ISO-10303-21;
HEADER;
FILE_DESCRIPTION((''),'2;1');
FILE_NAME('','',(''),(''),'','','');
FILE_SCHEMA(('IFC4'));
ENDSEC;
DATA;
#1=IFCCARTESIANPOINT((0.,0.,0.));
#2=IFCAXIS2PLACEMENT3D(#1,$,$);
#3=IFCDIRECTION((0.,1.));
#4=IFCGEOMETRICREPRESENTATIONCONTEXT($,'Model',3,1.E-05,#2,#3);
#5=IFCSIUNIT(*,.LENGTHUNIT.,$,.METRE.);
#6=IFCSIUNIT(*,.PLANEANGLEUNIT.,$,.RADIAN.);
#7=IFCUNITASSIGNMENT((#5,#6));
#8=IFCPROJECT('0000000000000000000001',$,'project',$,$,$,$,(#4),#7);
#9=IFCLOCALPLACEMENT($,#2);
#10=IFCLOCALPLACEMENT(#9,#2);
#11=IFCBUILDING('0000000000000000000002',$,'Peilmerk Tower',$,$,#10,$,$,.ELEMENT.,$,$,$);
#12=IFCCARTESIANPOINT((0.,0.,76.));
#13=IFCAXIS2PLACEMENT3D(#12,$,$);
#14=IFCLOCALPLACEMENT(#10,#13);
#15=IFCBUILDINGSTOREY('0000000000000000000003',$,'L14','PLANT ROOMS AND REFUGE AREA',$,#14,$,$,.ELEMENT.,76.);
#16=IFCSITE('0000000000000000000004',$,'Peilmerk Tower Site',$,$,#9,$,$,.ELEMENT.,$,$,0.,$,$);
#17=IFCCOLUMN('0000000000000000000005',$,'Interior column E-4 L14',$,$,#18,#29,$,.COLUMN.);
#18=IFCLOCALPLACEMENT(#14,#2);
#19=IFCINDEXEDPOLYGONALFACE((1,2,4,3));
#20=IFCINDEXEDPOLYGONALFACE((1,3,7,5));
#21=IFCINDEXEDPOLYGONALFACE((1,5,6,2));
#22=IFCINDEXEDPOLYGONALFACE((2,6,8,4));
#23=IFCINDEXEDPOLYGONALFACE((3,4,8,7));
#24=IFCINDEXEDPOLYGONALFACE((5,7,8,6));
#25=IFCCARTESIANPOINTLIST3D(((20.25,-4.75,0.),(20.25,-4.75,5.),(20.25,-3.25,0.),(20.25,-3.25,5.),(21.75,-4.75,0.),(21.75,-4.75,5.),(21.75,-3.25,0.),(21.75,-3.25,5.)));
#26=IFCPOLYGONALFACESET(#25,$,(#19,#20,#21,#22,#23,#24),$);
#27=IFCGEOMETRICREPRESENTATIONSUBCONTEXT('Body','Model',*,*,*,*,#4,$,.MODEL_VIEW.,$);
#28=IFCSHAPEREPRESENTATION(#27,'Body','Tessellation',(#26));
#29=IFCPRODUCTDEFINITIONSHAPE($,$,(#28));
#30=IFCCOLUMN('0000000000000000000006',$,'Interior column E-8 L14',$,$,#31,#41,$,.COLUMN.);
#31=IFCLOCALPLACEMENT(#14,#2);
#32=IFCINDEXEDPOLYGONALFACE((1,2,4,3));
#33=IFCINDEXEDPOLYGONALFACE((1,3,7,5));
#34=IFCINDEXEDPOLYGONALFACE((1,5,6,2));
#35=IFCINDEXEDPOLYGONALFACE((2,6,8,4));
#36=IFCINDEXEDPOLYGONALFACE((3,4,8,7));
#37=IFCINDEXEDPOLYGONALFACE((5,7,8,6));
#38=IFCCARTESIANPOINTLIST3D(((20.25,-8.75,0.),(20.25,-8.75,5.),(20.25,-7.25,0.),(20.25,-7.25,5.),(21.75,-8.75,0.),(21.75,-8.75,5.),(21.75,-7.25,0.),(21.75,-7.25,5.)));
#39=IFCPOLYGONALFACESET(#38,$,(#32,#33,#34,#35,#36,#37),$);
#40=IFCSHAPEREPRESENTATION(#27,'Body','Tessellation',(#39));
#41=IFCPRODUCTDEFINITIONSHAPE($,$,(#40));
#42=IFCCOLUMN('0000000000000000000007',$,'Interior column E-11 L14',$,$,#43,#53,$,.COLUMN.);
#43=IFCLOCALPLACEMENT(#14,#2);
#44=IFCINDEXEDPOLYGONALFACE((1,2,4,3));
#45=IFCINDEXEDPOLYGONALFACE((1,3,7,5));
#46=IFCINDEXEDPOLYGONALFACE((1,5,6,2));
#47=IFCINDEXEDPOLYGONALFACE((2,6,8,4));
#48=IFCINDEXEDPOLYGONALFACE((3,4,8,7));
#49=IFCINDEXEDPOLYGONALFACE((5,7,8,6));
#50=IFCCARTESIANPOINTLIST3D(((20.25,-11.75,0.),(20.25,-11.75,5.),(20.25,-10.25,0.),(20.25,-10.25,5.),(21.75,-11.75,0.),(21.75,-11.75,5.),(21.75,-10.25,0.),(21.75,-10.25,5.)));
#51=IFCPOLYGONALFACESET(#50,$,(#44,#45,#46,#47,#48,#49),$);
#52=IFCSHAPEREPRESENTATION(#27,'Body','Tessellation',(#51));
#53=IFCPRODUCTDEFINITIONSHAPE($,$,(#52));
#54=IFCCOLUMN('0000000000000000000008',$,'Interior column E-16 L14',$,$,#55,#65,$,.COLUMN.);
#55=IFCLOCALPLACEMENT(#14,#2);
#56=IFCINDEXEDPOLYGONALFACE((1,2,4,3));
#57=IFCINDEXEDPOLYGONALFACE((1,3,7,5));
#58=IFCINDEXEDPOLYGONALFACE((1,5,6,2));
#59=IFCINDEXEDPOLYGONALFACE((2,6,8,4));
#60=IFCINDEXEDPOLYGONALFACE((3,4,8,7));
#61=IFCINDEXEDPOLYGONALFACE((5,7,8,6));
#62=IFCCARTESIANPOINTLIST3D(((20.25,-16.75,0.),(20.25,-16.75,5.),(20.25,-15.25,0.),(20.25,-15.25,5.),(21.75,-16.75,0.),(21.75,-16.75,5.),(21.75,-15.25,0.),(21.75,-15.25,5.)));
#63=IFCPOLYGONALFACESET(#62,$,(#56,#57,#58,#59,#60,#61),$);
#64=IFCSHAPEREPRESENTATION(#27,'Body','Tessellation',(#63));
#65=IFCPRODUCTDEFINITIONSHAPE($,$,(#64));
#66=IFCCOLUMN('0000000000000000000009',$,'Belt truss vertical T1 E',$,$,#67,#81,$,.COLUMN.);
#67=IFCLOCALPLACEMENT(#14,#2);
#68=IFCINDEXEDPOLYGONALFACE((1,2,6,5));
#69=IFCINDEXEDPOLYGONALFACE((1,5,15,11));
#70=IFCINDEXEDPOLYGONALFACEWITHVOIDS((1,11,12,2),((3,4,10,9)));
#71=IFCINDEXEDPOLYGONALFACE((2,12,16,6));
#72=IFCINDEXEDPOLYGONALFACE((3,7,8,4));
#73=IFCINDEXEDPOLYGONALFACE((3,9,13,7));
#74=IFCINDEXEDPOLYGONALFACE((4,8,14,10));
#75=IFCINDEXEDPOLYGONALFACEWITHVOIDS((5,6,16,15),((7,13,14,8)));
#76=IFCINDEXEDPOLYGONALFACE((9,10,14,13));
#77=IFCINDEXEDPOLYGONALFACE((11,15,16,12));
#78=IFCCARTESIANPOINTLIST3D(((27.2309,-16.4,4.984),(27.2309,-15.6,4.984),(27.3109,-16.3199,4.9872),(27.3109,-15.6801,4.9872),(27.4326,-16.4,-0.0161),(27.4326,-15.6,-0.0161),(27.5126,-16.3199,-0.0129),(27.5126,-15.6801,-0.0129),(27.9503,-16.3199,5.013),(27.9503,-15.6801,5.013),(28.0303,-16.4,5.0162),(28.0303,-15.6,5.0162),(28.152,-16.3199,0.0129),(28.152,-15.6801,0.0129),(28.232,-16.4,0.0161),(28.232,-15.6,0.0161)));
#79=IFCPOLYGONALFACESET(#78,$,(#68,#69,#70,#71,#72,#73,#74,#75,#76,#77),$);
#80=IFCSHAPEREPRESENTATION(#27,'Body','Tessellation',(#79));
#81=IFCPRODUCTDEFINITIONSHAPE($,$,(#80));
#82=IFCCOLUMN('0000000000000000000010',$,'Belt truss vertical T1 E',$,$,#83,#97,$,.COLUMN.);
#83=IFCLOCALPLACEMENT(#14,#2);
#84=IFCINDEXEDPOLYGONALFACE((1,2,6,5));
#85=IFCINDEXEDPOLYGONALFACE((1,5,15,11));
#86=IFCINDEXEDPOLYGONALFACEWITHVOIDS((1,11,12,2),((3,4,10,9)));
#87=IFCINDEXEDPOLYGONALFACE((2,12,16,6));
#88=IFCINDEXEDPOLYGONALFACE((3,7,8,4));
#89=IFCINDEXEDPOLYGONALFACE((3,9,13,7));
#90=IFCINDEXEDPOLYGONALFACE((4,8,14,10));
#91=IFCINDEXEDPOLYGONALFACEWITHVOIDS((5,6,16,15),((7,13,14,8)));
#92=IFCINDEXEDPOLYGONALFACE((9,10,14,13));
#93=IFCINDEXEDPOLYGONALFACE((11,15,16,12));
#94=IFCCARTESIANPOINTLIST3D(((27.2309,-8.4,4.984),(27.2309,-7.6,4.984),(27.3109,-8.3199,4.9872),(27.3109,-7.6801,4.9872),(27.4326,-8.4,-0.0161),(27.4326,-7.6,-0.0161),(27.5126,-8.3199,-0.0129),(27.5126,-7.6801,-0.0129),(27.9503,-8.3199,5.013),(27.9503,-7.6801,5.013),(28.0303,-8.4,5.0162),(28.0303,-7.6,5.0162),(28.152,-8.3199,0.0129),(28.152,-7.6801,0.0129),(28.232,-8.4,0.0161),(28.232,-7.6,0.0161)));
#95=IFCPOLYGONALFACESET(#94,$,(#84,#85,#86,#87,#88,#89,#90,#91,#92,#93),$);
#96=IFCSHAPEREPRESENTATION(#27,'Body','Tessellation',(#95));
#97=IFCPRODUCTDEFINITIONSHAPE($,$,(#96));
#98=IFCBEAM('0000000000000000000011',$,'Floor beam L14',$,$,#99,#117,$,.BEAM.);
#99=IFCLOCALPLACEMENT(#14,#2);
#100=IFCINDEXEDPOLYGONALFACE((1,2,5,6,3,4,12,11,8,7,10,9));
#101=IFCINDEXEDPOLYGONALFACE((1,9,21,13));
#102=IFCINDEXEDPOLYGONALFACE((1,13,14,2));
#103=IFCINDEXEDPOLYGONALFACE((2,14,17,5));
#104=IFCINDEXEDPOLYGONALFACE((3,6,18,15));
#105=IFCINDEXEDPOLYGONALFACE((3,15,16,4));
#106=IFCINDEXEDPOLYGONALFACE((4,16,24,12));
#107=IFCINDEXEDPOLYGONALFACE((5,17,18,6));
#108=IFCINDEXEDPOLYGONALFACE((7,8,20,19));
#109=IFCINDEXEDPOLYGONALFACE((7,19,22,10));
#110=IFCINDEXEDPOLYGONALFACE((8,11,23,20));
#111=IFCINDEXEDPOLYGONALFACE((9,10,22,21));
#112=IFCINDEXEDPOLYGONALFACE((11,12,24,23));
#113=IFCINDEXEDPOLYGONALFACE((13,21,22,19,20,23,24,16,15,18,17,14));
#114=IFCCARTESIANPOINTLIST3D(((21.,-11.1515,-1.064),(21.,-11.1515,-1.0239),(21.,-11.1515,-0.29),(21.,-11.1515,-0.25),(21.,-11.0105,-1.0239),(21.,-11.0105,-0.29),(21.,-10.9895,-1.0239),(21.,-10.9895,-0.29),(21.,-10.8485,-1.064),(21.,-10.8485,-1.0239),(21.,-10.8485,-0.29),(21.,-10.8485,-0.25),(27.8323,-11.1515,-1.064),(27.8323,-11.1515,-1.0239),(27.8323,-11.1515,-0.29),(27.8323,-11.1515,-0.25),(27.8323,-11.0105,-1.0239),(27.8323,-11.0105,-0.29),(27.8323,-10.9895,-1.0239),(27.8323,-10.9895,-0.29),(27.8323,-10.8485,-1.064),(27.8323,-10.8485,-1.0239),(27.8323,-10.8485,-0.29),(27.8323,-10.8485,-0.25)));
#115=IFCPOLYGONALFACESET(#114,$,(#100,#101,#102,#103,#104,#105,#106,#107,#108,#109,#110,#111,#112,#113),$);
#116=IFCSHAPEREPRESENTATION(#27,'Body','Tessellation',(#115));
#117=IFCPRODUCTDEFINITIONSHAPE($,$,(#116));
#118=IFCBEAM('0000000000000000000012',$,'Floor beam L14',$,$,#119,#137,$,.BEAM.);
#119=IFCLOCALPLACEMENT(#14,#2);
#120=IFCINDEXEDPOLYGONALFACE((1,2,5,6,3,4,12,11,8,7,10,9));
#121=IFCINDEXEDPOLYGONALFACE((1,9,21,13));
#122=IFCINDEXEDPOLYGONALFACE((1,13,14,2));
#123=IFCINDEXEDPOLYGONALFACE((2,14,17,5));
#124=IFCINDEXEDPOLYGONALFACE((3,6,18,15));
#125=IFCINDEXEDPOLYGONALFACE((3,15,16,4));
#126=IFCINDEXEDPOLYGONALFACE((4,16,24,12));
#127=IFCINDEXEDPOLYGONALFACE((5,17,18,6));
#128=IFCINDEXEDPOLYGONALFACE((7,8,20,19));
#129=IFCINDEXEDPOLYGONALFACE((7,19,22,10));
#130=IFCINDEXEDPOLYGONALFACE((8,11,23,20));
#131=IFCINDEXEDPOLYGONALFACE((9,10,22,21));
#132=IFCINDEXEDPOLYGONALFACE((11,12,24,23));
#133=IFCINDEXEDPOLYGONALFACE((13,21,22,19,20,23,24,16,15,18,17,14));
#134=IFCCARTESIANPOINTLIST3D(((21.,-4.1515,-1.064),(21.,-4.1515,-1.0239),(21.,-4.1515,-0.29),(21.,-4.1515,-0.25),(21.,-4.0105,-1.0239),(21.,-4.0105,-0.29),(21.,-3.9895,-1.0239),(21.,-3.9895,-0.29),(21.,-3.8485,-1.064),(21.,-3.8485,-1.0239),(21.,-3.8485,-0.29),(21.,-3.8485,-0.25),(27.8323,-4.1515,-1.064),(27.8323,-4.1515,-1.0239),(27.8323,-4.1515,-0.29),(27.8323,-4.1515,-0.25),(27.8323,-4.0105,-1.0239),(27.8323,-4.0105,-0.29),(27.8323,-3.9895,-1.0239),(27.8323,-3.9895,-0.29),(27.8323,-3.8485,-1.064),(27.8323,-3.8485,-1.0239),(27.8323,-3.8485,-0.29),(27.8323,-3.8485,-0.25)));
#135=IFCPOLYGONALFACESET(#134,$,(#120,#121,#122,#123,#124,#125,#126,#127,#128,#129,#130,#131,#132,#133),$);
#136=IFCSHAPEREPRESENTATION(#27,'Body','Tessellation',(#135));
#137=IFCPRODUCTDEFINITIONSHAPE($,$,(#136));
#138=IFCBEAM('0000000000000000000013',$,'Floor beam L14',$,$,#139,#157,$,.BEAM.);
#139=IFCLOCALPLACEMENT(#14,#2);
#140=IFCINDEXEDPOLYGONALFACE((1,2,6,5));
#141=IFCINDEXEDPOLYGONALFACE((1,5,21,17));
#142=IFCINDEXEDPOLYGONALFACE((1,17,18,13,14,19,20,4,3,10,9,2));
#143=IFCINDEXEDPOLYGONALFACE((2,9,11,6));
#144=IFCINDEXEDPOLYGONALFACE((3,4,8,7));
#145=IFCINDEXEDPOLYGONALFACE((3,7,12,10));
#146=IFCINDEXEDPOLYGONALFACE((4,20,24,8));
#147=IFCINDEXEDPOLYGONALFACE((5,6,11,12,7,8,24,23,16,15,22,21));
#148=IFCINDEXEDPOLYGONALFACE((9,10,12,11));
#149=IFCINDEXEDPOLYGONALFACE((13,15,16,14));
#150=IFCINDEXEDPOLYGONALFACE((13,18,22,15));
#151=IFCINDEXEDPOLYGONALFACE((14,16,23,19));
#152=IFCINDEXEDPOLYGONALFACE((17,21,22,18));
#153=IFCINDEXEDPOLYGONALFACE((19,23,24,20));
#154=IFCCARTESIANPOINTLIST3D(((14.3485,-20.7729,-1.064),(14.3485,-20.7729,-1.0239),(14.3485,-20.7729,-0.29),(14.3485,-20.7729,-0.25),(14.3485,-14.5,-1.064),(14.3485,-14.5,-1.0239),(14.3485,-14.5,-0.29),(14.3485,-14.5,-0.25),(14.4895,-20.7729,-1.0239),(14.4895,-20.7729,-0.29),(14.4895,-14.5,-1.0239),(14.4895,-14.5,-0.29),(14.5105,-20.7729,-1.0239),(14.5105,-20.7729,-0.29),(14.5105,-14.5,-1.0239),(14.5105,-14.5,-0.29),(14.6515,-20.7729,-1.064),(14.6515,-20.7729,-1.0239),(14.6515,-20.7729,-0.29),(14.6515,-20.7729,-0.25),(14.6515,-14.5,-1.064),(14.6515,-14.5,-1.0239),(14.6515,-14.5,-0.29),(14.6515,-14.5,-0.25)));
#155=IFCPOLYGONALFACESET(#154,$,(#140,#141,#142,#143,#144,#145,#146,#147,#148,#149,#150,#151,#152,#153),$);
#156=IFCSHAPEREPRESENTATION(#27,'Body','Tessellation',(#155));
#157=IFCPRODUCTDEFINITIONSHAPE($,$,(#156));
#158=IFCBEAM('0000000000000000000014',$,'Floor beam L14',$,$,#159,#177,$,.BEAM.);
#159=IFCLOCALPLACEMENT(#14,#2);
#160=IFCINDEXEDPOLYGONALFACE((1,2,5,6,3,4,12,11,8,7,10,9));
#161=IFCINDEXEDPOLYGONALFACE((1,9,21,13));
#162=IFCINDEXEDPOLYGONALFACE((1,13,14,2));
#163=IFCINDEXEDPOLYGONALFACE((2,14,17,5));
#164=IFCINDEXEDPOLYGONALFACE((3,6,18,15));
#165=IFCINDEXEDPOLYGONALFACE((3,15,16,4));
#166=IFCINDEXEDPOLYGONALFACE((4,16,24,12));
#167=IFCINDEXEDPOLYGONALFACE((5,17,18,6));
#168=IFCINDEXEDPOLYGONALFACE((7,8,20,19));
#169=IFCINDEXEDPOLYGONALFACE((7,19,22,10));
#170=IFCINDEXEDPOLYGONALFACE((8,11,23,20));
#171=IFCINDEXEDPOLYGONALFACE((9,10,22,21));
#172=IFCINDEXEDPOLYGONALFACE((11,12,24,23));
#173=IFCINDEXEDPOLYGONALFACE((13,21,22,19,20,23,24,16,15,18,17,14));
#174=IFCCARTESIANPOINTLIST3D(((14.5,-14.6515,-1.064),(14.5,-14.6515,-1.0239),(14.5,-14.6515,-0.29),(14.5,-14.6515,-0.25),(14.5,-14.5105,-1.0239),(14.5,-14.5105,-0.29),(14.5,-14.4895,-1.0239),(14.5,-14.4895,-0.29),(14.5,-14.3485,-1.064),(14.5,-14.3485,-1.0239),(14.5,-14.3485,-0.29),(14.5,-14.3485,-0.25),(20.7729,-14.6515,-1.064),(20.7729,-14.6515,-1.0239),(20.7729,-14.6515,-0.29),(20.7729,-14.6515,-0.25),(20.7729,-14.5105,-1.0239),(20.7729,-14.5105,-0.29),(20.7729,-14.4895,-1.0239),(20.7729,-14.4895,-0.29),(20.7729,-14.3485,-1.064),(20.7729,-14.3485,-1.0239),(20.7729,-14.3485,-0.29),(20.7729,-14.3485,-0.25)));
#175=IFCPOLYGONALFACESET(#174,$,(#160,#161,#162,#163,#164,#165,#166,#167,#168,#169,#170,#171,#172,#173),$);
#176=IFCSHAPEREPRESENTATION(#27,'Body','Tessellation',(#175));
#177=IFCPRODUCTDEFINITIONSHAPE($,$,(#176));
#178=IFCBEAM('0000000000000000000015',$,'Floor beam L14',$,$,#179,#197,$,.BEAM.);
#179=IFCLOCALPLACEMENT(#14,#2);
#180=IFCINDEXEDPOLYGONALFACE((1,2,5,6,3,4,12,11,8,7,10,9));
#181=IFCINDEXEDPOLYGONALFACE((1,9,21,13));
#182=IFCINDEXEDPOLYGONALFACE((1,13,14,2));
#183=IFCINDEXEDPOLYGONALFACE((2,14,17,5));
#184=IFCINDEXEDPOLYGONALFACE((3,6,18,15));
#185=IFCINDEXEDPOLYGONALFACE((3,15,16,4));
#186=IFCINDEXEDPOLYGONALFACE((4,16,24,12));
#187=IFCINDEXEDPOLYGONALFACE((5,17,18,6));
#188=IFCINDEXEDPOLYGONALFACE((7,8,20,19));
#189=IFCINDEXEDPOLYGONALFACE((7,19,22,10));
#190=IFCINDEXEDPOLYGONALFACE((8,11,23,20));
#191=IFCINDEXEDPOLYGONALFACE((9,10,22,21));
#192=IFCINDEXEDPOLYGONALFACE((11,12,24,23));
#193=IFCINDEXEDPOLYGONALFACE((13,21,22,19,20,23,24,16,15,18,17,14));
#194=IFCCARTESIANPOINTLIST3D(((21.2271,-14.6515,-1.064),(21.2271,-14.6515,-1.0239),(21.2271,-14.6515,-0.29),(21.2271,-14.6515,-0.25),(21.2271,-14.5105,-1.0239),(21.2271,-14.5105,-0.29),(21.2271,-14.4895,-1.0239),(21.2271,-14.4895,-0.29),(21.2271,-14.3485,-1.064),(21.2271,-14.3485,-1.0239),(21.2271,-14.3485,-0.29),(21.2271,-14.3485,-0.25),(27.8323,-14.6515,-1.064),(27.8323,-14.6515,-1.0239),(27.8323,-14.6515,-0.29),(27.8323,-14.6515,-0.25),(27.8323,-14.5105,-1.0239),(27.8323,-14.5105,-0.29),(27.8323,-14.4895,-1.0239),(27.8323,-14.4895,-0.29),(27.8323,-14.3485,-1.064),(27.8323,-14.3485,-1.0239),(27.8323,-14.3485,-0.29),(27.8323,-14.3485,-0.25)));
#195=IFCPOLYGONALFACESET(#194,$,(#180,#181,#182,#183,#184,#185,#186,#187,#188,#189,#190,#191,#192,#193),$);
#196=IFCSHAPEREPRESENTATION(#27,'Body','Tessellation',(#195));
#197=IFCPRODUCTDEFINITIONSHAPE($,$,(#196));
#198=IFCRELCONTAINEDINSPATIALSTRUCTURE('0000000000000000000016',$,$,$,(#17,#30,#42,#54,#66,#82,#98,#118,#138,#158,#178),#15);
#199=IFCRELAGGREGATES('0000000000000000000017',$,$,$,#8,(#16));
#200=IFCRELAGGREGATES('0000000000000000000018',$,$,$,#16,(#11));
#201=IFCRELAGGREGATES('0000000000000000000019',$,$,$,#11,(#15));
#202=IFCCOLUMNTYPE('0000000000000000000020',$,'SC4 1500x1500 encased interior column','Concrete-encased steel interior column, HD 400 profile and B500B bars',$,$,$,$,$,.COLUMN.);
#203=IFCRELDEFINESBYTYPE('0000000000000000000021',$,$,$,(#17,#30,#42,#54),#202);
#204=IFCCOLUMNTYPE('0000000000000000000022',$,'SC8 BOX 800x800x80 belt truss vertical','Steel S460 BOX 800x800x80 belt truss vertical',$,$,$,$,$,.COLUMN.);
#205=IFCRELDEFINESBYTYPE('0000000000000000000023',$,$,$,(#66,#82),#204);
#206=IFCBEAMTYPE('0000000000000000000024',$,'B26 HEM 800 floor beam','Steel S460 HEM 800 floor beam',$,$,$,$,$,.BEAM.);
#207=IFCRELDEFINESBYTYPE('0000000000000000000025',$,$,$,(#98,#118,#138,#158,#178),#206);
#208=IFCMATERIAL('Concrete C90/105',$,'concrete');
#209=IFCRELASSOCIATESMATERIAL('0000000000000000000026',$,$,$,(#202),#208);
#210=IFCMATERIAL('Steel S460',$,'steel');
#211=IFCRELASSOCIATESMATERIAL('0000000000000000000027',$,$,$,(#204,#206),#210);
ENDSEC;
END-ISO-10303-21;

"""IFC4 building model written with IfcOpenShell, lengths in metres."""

from ifc_helpers import new_model, si_unit, direction, frame, origin, origin_2d, place, context, subcontext, project, spatial, rectangle, hollow_rectangle, i_section, extrude, material, material_profile, profile_set, type_object, element, save


model = new_model("IFC4")

# Units and contexts
model_context = context("Model", 3, precision=1e-05, world=origin(), true_north=direction((0.0, 1.0)))
body_context = subcontext(model_context, "Body", "Model", "MODEL_VIEW")
ifc_project = project(units=[si_unit("LENGTHUNIT", "METRE"), si_unit("PLANEANGLEUNIT", "RADIAN")], contexts=[model_context])

# Site, building, storey
site_placement = place(None, origin())
site = spatial("IfcSite", under=ifc_project, at=site_placement, Name="Peilmerk Tower Site", CompositionType="ELEMENT", RefElevation=0.0)
building_placement = place(site_placement, origin())
building = spatial("IfcBuilding", under=site, at=building_placement, Name="Peilmerk Tower", CompositionType="ELEMENT")
storey_placement = place(building_placement, frame((0.0, 0.0, 76.0)))
storey = spatial("IfcBuildingStorey", under=building, at=storey_placement, Name="L14", Description="PLANT ROOMS AND REFUGE AREA", CompositionType="ELEMENT", Elevation=76.0)

# Columns
ifc_material_1 = material(Name="Concrete C90/105", Category="concrete")
ifc_material_profile_1 = material_profile(ifc_material_1, rectangle(XDim=1.5, YDim=1.5, at=origin_2d()), Name="RC 1500x1500")
ifc_profile_set_1 = profile_set([ifc_material_profile_1], Name="Concrete C90/105")
column_type_1 = type_object("IfcColumnType", Name="SC4 1500x1500 encased interior column", Description="Concrete-encased steel interior column, HD 400 profile and B500B bars", PredefinedType="COLUMN", material=ifc_profile_set_1)
for number, where, z_axis, x_axis, name in (
    (1, (21.0, -4.0, 0.0), (0.0, 0.0, 1.0), (1.0, 0.0, 0.0), "Interior column E-4 L14"),
    (2, (21.0, -8.0, 0.0), (0.0, 0.0, 1.0), (1.0, 0.0, 0.0), "Interior column E-8 L14"),
    (3, (21.0, -11.0, 0.0), (0.0, 0.0, 1.0), (1.0, 0.0, 0.0), "Interior column E-11 L14"),
    (4, (21.0, -16.0, 0.0), (0.0, 0.0, 1.0), (1.0, 0.0, 0.0), "Interior column E-16 L14"),
):
    element("IfcColumn", number, at=place(storey_placement, frame(where, z_axis=z_axis, x_axis=x_axis)), inside=storey, type_object=column_type_1, Name=name, PredefinedType="COLUMN", context=body_context, shape_type="SweptSolid", body=[
        extrude(rectangle(XDim=1.5, YDim=1.5, at=origin_2d()), origin(), (0.0, 0.0, 1.0), 5.0),
    ])
ifc_material_2 = material(Name="Steel S460", Category="steel")
ifc_material_profile_2 = material_profile(ifc_material_2, hollow_rectangle(XDim=0.8, YDim=0.8, WallThickness=0.0801, at=origin_2d()), Name="BOX 800x800x80")
ifc_profile_set_2 = profile_set([ifc_material_profile_2], Name="Steel S460")
column_type_2 = type_object("IfcColumnType", Name="SC8 BOX 800x800x80 belt truss vertical", Description="Steel S460 BOX 800x800x80 belt truss vertical", PredefinedType="COLUMN", material=ifc_profile_set_2)
for number, where, z_axis, x_axis, name in (
    (5, (27.8323, -16.0, 0.0), (-0.040299, 0.0, 0.999188), (0.0, -1.0, 0.0), "Belt truss vertical T1 E"),
    (6, (27.8323, -8.0, 0.0), (-0.040299, 0.0, 0.999188), (0.0, -1.0, 0.0), "Belt truss vertical T1 E"),
):
    element("IfcColumn", number, at=place(storey_placement, frame(where, z_axis=z_axis, x_axis=x_axis)), inside=storey, type_object=column_type_2, Name=name, PredefinedType="COLUMN", context=body_context, shape_type="SweptSolid", body=[
        extrude(hollow_rectangle(XDim=0.8, YDim=0.8, WallThickness=0.0801, at=origin_2d()), origin(), (0.0, 0.0, 1.0), 5.0042),
    ])

# Beams
ifc_material_profile_3 = material_profile(ifc_material_2, i_section(OverallWidth=0.303, OverallDepth=0.814, WebThickness=0.021, FlangeThickness=0.04, at=origin_2d()), Name="HEM 800")
ifc_profile_set_3 = profile_set([ifc_material_profile_3], Name="Steel S460")
beam_type_1 = type_object("IfcBeamType", Name="B26 HEM 800 floor beam", Description="Steel S460 HEM 800 floor beam", PredefinedType="BEAM", material=ifc_profile_set_3)
for number, where, z_axis, x_axis, name in (
    (7, (21.0, -11.0, -0.657), (1.0, 0.0, 0.0), (0.0, 1.0, 0.0), "Floor beam L14"),
    (8, (21.0, -4.0, -0.657), (1.0, 0.0, 0.0), (0.0, 1.0, 0.0), "Floor beam L14"),
):
    element("IfcBeam", number, at=place(storey_placement, frame(where, z_axis=z_axis, x_axis=x_axis)), inside=storey, type_object=beam_type_1, Name=name, PredefinedType="BEAM", context=body_context, shape_type="SweptSolid", body=[
        extrude(i_section(OverallWidth=0.303, OverallDepth=0.814, WebThickness=0.021, FlangeThickness=0.04, at=origin_2d()), origin(), (0.0, 0.0, 1.0), 6.8323),
    ])
for number, where, z_axis, x_axis, name in (
    (9, (14.5, -14.5, -0.657), (0.0, -1.0, 0.0), (1.0, 0.0, 0.0), "Floor beam L14"),
    (10, (14.5, -14.5, -0.657), (1.0, 0.0, 0.0), (0.0, 1.0, 0.0), "Floor beam L14"),
):
    element("IfcBeam", number, at=place(storey_placement, frame(where, z_axis=z_axis, x_axis=x_axis)), inside=storey, type_object=beam_type_1, Name=name, PredefinedType="BEAM", context=body_context, shape_type="SweptSolid", body=[
        extrude(i_section(OverallWidth=0.303, OverallDepth=0.814, WebThickness=0.021, FlangeThickness=0.04, at=origin_2d()), origin(), (0.0, 0.0, 1.0), 6.2729),
    ])
beam_1_placement = place(storey_placement, frame((21.2271, -14.5, -0.657), z_axis=(1.0, 0.0, 0.0), x_axis=(0.0, 1.0, 0.0)))
element("IfcBeam", 11, at=beam_1_placement, inside=storey, type_object=beam_type_1, Name="Floor beam L14", PredefinedType="BEAM", context=body_context, shape_type="SweptSolid", body=[
    extrude(i_section(OverallWidth=0.303, OverallDepth=0.814, WebThickness=0.021, FlangeThickness=0.04, at=origin_2d()), origin(), (0.0, 0.0, 1.0), 6.6052),
])

save(model, "model.ifc")
